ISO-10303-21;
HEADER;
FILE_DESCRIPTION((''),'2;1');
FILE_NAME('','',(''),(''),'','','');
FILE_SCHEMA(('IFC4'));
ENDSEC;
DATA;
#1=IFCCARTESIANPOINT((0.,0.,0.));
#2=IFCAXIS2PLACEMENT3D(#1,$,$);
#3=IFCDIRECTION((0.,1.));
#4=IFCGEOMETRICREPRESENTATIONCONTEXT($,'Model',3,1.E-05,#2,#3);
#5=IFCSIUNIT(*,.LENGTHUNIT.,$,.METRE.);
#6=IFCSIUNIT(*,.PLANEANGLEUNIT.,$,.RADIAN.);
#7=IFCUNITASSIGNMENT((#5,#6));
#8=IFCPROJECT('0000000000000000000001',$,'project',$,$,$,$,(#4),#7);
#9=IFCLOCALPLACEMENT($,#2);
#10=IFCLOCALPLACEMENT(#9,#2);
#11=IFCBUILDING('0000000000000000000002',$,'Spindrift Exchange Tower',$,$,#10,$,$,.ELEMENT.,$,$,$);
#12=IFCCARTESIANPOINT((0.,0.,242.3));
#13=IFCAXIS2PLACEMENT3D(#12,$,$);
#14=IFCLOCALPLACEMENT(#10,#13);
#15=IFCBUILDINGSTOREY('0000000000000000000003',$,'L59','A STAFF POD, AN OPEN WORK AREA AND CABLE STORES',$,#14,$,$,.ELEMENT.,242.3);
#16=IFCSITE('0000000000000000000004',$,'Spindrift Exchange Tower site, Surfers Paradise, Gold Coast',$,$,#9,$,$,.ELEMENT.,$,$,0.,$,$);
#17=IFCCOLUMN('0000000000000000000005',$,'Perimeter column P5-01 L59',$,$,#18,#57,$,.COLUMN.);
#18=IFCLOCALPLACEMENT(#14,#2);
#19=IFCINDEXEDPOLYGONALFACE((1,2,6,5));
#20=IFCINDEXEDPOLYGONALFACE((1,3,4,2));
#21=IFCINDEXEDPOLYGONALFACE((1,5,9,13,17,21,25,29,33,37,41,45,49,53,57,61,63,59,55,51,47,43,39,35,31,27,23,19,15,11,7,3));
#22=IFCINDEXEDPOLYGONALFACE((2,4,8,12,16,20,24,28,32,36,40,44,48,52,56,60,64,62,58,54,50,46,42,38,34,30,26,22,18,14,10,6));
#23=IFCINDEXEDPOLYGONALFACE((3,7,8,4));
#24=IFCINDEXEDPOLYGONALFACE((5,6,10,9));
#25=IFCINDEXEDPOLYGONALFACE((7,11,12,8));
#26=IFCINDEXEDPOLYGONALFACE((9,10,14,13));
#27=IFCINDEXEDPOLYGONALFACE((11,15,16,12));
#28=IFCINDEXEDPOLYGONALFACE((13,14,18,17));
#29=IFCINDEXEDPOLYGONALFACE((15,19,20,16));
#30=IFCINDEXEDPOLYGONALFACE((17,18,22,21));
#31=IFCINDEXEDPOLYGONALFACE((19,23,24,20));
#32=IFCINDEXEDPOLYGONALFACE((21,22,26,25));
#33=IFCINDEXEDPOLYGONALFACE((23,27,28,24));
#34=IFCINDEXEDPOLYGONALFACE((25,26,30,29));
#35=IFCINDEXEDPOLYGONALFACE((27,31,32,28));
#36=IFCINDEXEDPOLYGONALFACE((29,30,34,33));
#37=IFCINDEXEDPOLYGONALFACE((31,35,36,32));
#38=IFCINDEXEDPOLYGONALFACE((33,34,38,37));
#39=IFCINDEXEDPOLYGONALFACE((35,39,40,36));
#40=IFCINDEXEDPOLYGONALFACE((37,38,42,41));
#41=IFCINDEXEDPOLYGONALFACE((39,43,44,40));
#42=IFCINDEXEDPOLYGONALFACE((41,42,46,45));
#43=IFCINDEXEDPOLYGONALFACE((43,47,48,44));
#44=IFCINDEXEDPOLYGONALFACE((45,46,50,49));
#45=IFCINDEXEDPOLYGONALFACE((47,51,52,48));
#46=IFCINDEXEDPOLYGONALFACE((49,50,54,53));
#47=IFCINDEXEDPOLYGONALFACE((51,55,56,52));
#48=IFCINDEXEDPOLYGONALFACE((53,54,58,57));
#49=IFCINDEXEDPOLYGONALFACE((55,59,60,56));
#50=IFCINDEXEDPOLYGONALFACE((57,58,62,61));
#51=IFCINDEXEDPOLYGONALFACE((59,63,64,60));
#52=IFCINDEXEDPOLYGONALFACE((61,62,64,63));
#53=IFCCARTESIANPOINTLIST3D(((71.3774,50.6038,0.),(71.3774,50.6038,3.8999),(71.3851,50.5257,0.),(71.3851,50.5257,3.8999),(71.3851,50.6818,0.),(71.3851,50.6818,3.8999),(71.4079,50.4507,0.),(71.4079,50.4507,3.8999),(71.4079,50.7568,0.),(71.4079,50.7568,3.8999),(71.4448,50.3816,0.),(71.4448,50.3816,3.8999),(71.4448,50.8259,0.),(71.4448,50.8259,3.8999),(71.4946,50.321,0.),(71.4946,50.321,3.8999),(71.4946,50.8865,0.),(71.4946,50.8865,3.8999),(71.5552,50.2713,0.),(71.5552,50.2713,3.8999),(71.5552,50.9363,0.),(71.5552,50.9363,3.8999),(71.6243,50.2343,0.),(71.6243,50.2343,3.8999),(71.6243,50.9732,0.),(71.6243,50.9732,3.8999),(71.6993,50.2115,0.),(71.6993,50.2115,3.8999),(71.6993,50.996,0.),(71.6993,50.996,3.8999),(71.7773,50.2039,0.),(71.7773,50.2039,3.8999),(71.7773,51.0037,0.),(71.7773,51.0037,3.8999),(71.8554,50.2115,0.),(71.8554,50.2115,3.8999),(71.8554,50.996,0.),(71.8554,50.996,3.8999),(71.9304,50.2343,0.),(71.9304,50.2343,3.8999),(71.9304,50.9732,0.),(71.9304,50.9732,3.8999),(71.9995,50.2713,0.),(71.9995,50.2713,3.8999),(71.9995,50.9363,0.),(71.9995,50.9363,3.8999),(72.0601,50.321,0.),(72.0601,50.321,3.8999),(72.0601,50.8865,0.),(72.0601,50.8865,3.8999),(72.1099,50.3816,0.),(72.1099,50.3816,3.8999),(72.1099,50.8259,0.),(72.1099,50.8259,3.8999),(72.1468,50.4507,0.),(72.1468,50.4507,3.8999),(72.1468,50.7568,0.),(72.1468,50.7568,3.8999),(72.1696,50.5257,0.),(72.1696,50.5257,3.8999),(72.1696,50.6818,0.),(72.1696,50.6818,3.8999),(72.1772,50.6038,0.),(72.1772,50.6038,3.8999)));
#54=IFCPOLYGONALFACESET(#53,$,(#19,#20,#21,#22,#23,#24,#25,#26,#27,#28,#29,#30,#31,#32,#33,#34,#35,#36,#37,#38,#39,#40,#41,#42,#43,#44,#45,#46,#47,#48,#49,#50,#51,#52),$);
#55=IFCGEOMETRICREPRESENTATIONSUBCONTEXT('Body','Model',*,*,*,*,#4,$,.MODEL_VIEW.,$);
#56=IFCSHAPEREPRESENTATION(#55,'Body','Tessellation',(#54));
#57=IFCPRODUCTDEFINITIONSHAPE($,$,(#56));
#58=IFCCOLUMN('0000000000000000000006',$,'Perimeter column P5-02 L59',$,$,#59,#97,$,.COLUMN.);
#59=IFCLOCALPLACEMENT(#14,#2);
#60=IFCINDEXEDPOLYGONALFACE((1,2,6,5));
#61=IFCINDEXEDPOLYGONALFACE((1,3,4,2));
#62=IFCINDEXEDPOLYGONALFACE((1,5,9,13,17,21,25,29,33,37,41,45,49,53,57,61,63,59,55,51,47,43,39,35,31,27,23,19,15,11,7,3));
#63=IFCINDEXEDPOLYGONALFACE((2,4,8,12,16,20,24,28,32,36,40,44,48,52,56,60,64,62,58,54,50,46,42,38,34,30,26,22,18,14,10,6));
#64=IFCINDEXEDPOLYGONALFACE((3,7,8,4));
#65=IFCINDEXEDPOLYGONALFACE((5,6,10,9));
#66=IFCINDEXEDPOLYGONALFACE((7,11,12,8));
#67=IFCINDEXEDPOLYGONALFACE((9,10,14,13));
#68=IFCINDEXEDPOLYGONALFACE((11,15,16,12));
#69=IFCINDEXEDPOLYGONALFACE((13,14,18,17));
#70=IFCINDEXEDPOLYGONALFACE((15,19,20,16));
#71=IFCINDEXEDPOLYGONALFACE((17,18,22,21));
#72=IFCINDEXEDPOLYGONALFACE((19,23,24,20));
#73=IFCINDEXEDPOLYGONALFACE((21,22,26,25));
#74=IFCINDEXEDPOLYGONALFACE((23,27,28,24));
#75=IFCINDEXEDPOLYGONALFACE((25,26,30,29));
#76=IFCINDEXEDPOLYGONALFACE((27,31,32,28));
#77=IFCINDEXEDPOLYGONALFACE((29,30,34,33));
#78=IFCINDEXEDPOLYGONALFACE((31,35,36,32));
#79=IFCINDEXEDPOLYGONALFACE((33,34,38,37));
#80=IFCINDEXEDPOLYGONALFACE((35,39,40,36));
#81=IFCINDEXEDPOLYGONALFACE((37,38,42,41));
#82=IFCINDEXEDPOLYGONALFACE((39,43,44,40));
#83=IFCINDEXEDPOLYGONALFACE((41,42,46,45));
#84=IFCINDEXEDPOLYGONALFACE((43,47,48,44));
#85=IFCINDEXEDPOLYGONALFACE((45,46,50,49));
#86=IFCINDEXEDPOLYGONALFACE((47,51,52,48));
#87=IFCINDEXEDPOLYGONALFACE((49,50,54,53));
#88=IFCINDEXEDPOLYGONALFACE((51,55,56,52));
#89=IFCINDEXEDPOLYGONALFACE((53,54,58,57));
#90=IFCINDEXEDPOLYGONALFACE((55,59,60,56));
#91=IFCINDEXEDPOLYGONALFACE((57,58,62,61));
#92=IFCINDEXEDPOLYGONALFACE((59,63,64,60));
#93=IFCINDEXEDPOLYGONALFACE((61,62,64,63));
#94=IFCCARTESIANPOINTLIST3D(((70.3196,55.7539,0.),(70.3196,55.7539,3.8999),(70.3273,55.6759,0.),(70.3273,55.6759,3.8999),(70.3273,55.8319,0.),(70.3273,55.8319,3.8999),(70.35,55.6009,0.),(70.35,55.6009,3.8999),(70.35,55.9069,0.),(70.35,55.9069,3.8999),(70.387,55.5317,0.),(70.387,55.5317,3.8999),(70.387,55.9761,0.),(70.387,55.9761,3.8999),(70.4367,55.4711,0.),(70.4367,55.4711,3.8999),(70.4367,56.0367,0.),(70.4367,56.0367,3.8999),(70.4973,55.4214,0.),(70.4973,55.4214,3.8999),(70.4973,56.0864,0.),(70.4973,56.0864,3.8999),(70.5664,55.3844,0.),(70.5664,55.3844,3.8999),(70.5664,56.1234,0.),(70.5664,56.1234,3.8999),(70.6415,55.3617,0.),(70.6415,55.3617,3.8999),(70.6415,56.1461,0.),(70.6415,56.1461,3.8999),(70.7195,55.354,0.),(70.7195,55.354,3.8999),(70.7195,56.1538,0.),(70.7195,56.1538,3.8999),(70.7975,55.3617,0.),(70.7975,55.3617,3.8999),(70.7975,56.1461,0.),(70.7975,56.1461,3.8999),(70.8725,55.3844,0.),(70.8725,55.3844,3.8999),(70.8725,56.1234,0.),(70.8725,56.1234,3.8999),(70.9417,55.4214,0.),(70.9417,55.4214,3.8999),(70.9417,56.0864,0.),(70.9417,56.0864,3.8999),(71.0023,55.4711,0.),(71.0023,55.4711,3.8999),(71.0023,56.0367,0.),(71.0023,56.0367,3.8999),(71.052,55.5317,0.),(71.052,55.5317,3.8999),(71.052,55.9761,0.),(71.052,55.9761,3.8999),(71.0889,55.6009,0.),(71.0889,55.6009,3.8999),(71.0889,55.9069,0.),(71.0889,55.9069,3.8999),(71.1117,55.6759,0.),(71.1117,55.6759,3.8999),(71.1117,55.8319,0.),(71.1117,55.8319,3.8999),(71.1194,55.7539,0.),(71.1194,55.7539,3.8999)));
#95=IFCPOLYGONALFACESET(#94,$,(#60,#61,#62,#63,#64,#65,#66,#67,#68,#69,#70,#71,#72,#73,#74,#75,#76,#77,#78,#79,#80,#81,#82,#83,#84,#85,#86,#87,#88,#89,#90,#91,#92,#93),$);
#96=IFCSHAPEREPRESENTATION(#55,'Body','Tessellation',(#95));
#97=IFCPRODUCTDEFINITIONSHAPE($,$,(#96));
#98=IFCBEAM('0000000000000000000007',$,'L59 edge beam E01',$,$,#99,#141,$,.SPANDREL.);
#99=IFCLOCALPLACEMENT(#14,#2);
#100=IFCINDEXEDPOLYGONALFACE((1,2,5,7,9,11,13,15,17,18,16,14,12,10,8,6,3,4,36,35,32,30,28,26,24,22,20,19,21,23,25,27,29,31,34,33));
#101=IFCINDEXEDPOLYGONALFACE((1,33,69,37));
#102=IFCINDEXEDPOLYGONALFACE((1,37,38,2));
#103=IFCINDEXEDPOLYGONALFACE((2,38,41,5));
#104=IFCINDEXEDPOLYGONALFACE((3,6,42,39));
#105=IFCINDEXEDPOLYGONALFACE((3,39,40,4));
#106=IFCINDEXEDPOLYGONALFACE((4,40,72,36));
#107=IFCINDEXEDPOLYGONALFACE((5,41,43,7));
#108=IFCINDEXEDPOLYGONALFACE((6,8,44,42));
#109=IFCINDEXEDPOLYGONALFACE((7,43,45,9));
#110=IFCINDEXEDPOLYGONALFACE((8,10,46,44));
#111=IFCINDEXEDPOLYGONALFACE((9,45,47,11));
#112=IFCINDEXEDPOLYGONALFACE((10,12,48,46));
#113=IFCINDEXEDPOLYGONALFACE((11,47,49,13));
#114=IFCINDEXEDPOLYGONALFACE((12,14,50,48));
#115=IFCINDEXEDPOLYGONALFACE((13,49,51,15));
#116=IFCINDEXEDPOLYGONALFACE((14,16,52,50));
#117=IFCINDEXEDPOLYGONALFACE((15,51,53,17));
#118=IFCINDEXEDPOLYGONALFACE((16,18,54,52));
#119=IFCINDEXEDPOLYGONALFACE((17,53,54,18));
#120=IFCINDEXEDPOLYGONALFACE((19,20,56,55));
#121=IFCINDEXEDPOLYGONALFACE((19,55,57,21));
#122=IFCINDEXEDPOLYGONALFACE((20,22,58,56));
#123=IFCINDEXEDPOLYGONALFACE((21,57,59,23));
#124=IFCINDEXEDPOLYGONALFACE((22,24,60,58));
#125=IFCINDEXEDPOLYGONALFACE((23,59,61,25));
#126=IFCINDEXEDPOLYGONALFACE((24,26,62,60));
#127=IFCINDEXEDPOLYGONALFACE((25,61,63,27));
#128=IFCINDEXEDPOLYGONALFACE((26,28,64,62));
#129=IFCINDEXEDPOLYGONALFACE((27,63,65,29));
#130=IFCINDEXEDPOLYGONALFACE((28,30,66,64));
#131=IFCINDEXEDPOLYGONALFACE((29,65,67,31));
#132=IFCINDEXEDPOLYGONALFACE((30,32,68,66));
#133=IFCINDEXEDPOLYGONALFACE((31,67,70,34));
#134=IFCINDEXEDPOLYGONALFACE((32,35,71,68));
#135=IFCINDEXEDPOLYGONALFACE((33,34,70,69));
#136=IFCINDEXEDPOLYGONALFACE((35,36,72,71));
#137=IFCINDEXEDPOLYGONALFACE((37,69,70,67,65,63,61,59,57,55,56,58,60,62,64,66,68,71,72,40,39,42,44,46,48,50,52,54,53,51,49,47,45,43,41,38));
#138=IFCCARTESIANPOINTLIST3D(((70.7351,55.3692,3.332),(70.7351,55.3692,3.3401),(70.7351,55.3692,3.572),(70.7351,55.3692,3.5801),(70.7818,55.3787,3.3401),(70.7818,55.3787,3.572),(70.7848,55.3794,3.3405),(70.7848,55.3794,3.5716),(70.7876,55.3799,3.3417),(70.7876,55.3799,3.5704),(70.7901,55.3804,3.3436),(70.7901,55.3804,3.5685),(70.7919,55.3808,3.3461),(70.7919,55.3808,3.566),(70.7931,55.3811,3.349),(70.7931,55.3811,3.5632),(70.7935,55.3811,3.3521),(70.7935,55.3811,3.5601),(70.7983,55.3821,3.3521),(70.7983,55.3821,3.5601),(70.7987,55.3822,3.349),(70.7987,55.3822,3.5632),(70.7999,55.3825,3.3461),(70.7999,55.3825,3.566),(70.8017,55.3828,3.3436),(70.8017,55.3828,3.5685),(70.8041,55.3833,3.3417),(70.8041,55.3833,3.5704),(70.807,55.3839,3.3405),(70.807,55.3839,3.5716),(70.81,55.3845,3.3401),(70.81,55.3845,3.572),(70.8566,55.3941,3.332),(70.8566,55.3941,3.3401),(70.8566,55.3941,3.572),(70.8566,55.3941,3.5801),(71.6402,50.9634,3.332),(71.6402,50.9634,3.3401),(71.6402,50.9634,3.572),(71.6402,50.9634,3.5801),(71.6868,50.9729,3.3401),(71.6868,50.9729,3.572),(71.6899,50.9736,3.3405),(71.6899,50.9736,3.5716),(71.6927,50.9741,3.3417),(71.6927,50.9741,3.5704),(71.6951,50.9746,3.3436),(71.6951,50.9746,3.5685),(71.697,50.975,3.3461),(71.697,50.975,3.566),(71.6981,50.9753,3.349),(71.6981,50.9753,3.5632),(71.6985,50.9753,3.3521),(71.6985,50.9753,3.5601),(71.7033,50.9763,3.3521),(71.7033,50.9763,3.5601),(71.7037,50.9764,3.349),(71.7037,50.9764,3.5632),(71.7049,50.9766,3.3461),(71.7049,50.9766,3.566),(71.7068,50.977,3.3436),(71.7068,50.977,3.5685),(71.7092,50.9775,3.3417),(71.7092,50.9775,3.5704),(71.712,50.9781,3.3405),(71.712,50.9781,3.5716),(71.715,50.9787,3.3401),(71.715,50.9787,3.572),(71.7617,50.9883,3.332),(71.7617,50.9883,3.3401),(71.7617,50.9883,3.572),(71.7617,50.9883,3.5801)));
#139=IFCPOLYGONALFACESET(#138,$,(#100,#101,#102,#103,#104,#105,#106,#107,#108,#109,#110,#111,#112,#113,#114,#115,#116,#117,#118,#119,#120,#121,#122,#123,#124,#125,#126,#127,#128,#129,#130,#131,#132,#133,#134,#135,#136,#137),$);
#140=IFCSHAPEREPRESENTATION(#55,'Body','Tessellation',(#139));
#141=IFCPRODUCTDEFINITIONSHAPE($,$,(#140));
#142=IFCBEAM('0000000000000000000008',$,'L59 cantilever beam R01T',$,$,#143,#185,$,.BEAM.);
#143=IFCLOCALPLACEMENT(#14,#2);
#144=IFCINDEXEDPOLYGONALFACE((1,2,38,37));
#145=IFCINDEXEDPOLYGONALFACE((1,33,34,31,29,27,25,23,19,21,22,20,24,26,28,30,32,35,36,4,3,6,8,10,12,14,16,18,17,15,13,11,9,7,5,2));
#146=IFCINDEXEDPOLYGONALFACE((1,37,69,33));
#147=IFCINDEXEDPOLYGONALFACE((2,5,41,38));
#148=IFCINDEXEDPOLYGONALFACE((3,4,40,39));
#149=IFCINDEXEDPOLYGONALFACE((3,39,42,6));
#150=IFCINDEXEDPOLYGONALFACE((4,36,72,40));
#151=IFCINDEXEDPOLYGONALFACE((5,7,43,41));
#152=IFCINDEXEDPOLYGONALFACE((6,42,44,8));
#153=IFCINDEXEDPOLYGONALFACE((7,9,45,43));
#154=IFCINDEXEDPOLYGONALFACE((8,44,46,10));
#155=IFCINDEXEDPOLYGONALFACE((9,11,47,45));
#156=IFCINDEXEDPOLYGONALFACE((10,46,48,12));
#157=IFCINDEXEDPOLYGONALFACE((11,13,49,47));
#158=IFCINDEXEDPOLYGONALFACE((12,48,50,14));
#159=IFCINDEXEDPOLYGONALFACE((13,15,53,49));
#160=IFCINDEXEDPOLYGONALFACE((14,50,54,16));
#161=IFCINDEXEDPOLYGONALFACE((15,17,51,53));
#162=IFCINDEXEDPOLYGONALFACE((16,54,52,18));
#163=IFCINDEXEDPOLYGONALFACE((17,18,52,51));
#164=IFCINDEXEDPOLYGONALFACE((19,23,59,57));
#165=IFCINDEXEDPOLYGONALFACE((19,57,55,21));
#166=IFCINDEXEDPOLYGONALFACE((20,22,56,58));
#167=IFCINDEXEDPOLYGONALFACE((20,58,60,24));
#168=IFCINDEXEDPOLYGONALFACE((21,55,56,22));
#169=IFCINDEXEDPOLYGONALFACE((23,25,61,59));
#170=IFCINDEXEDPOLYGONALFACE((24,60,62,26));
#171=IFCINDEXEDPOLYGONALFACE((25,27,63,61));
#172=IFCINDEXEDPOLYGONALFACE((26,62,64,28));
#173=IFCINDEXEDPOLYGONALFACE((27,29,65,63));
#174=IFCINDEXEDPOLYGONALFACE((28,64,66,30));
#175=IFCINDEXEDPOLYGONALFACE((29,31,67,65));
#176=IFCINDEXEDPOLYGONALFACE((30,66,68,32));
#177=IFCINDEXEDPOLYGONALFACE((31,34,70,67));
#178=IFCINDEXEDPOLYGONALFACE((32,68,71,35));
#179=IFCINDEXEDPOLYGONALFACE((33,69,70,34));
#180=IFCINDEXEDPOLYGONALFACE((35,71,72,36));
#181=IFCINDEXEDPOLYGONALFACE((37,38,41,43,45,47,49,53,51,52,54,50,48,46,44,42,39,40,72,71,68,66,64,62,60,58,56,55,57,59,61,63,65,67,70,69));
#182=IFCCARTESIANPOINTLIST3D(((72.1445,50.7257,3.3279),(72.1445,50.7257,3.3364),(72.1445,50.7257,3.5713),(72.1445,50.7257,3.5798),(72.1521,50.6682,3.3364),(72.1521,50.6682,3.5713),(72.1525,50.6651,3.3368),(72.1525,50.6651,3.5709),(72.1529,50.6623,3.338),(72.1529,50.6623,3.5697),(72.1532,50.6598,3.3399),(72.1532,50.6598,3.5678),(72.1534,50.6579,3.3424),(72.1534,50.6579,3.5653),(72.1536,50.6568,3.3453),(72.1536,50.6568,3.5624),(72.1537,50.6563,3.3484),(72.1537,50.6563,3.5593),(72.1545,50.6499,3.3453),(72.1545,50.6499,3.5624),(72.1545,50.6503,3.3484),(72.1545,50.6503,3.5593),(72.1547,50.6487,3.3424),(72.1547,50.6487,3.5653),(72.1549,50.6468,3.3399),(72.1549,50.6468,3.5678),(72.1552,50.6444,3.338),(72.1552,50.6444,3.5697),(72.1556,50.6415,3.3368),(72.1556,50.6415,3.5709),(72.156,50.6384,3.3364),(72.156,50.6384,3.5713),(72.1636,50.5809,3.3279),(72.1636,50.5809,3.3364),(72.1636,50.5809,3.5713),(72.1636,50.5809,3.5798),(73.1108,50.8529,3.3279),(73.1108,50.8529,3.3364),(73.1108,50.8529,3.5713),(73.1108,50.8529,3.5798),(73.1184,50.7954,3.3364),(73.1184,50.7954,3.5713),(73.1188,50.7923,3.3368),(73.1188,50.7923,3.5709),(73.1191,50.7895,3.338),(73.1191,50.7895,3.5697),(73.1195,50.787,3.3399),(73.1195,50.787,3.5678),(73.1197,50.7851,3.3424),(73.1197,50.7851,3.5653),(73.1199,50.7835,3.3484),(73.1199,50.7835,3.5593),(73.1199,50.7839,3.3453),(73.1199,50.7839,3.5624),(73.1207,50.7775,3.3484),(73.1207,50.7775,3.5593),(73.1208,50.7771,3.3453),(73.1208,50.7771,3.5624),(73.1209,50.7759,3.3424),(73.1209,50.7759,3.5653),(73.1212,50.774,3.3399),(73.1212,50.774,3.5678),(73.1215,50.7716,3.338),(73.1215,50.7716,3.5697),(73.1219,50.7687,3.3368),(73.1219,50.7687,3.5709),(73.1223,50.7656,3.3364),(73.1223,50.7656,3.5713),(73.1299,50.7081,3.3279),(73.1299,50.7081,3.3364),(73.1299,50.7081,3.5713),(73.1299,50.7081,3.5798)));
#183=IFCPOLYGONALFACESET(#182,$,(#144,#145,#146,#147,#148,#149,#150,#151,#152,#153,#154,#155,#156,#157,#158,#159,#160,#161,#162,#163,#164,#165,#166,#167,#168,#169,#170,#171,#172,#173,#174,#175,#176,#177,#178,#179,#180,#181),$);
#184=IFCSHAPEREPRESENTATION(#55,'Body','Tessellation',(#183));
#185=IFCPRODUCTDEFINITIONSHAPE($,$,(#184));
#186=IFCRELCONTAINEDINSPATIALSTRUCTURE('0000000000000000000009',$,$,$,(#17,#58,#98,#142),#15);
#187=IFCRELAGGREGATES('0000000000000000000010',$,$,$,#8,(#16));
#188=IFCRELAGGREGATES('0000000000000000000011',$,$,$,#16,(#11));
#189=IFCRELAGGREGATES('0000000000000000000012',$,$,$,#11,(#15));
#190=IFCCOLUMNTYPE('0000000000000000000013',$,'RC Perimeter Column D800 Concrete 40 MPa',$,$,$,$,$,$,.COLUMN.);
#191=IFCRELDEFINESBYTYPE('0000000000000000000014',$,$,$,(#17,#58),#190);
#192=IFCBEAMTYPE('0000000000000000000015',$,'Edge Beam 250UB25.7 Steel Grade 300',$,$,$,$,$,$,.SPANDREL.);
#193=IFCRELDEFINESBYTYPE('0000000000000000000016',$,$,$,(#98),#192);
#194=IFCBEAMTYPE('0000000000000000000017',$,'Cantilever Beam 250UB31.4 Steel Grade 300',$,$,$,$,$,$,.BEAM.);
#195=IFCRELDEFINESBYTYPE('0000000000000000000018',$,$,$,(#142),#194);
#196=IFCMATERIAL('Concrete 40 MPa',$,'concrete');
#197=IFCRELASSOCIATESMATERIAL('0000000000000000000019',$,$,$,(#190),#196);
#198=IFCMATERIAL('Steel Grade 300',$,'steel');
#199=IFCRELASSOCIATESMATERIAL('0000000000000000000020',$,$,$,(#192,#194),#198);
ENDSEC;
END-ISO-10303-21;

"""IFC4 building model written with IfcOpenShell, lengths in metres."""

from ifc_helpers import new_model, si_unit, direction, frame, origin, origin_2d, place, context, subcontext, project, spatial, circle, i_section, extrude, source, transform, mapped, material, material_profile, profile_set, type_object, element, save


model = new_model("IFC4")

# Units and contexts
model_context = context("Model", 3, precision=1e-05, world=origin(), true_north=direction((0.0, 1.0)))
body_context = subcontext(model_context, "Body", "Model", "MODEL_VIEW")
ifc_project = project(units=[si_unit("LENGTHUNIT", "METRE"), si_unit("PLANEANGLEUNIT", "RADIAN")], contexts=[model_context])

# Site, building, storey
site_placement = place(None, origin())
site = spatial("IfcSite", under=ifc_project, at=site_placement, Name="Spindrift Exchange Tower site, Surfers Paradise, Gold Coast", CompositionType="ELEMENT", RefElevation=0.0)
building_placement = place(site_placement, origin())
building = spatial("IfcBuilding", under=site, at=building_placement, Name="Spindrift Exchange Tower", CompositionType="ELEMENT")
storey_placement = place(building_placement, frame((0.0, 0.0, 242.3)))
storey = spatial("IfcBuildingStorey", under=building, at=storey_placement, Name="L59", Description="A STAFF POD, AN OPEN WORK AREA AND CABLE STORES", CompositionType="ELEMENT", Elevation=242.3)

# Columns
ifc_material_1 = material(Name="Concrete 40 MPa", Category="concrete")
ifc_material_profile_1 = material_profile(ifc_material_1, circle(Radius=0.3999, at=origin_2d()), Name="RC D800")
ifc_profile_set_1 = profile_set([ifc_material_profile_1], Name="Concrete 40 MPa")
column_type = type_object("IfcColumnType", Name="RC Perimeter Column D800 Concrete 40 MPa", PredefinedType="COLUMN", material=ifc_profile_set_1)
shared_shape_1 = source(origin(), body_context, "Body", "SweptSolid", [
    extrude(circle(Radius=0.3999, at=origin_2d()), origin(), (0.0, 0.0, 1.0), 3.8999),
])
for number, where, z_axis, x_axis, name in (
    (1, (71.7773, 50.6038, 0.0), (0.0, 0.0, 1.0), (1.0, 0.0, 0.0), "Perimeter column P5-01 L59"),
    (2, (70.7195, 55.7539, 0.0), (0.0, 0.0, 1.0), (1.0, 0.0, 0.0), "Perimeter column P5-02 L59"),
):
    element("IfcColumn", number, at=place(storey_placement, frame(where, z_axis=z_axis, x_axis=x_axis)), inside=storey, type_object=column_type, Name=name, PredefinedType="COLUMN", context=body_context, shape_type="MappedRepresentation", body=[
        mapped(shared_shape_1, transform((0.0, 0.0, 0.0), scale=1.0)),
    ])

# Beams
ifc_material_2 = material(Name="Steel Grade 300", Category="steel")
ifc_material_profile_2 = material_profile(ifc_material_2, i_section(OverallWidth=0.124, OverallDepth=0.248, WebThickness=0.0049, FlangeThickness=0.0081, FilletRadius=0.012, at=origin_2d()), Name="250UB25.7")
ifc_profile_set_2 = profile_set([ifc_material_profile_2], Name="Steel Grade 300")
beam_type_1 = type_object("IfcBeamType", Name="Edge Beam 250UB25.7 Steel Grade 300", PredefinedType="SPANDREL", material=ifc_profile_set_2)
shared_shape_2 = source(origin(), body_context, "Body", "SweptSolid", [
    extrude(i_section(OverallWidth=0.124, OverallDepth=0.248, WebThickness=0.0049, FlangeThickness=0.0081, FilletRadius=0.012, at=origin_2d()), origin(), (0.0, 0.0, 1.0), 4.4978),
])
beam_1_placement = place(storey_placement, frame((71.7009, 50.9758, 3.4561), z_axis=(-0.201218, 0.979546, 0.0), x_axis=(-0.979546, -0.201218, 0.0)))
element("IfcBeam", 3, at=beam_1_placement, inside=storey, type_object=beam_type_1, Name="L59 edge beam E01", PredefinedType="SPANDREL", context=body_context, shape_type="MappedRepresentation", body=[
    mapped(shared_shape_2, transform((0.0, 0.0, 0.0), scale=1.0)),
])
ifc_material_profile_3 = material_profile(ifc_material_2, i_section(OverallWidth=0.146, OverallDepth=0.252, WebThickness=0.0061, FlangeThickness=0.0085, FilletRadius=0.012, at=origin_2d()), Name="250UB31.4")
ifc_profile_set_3 = profile_set([ifc_material_profile_3], Name="Steel Grade 300")
beam_type_2 = type_object("IfcBeamType", Name="Cantilever Beam 250UB31.4 Steel Grade 300", PredefinedType="BEAM", material=ifc_profile_set_3)
shared_shape_3 = source(origin(), body_context, "Body", "SweptSolid", [
    extrude(i_section(OverallWidth=0.146, OverallDepth=0.252, WebThickness=0.0061, FlangeThickness=0.0085, FilletRadius=0.012, at=origin_2d()), origin(), (0.0, 0.0, 1.0), 0.9746),
])
beam_2_placement = place(storey_placement, frame((72.1541, 50.6533, 3.4539), z_axis=(0.991447, 0.130506, 0.0), x_axis=(-0.130506, 0.991447, 0.0)))
element("IfcBeam", 4, at=beam_2_placement, inside=storey, type_object=beam_type_2, Name="L59 cantilever beam R01T", PredefinedType="BEAM", context=body_context, shape_type="MappedRepresentation", body=[
    mapped(shared_shape_3, transform((0.0, 0.0, 0.0), scale=1.0)),
])

save(model, "model.ifc")
